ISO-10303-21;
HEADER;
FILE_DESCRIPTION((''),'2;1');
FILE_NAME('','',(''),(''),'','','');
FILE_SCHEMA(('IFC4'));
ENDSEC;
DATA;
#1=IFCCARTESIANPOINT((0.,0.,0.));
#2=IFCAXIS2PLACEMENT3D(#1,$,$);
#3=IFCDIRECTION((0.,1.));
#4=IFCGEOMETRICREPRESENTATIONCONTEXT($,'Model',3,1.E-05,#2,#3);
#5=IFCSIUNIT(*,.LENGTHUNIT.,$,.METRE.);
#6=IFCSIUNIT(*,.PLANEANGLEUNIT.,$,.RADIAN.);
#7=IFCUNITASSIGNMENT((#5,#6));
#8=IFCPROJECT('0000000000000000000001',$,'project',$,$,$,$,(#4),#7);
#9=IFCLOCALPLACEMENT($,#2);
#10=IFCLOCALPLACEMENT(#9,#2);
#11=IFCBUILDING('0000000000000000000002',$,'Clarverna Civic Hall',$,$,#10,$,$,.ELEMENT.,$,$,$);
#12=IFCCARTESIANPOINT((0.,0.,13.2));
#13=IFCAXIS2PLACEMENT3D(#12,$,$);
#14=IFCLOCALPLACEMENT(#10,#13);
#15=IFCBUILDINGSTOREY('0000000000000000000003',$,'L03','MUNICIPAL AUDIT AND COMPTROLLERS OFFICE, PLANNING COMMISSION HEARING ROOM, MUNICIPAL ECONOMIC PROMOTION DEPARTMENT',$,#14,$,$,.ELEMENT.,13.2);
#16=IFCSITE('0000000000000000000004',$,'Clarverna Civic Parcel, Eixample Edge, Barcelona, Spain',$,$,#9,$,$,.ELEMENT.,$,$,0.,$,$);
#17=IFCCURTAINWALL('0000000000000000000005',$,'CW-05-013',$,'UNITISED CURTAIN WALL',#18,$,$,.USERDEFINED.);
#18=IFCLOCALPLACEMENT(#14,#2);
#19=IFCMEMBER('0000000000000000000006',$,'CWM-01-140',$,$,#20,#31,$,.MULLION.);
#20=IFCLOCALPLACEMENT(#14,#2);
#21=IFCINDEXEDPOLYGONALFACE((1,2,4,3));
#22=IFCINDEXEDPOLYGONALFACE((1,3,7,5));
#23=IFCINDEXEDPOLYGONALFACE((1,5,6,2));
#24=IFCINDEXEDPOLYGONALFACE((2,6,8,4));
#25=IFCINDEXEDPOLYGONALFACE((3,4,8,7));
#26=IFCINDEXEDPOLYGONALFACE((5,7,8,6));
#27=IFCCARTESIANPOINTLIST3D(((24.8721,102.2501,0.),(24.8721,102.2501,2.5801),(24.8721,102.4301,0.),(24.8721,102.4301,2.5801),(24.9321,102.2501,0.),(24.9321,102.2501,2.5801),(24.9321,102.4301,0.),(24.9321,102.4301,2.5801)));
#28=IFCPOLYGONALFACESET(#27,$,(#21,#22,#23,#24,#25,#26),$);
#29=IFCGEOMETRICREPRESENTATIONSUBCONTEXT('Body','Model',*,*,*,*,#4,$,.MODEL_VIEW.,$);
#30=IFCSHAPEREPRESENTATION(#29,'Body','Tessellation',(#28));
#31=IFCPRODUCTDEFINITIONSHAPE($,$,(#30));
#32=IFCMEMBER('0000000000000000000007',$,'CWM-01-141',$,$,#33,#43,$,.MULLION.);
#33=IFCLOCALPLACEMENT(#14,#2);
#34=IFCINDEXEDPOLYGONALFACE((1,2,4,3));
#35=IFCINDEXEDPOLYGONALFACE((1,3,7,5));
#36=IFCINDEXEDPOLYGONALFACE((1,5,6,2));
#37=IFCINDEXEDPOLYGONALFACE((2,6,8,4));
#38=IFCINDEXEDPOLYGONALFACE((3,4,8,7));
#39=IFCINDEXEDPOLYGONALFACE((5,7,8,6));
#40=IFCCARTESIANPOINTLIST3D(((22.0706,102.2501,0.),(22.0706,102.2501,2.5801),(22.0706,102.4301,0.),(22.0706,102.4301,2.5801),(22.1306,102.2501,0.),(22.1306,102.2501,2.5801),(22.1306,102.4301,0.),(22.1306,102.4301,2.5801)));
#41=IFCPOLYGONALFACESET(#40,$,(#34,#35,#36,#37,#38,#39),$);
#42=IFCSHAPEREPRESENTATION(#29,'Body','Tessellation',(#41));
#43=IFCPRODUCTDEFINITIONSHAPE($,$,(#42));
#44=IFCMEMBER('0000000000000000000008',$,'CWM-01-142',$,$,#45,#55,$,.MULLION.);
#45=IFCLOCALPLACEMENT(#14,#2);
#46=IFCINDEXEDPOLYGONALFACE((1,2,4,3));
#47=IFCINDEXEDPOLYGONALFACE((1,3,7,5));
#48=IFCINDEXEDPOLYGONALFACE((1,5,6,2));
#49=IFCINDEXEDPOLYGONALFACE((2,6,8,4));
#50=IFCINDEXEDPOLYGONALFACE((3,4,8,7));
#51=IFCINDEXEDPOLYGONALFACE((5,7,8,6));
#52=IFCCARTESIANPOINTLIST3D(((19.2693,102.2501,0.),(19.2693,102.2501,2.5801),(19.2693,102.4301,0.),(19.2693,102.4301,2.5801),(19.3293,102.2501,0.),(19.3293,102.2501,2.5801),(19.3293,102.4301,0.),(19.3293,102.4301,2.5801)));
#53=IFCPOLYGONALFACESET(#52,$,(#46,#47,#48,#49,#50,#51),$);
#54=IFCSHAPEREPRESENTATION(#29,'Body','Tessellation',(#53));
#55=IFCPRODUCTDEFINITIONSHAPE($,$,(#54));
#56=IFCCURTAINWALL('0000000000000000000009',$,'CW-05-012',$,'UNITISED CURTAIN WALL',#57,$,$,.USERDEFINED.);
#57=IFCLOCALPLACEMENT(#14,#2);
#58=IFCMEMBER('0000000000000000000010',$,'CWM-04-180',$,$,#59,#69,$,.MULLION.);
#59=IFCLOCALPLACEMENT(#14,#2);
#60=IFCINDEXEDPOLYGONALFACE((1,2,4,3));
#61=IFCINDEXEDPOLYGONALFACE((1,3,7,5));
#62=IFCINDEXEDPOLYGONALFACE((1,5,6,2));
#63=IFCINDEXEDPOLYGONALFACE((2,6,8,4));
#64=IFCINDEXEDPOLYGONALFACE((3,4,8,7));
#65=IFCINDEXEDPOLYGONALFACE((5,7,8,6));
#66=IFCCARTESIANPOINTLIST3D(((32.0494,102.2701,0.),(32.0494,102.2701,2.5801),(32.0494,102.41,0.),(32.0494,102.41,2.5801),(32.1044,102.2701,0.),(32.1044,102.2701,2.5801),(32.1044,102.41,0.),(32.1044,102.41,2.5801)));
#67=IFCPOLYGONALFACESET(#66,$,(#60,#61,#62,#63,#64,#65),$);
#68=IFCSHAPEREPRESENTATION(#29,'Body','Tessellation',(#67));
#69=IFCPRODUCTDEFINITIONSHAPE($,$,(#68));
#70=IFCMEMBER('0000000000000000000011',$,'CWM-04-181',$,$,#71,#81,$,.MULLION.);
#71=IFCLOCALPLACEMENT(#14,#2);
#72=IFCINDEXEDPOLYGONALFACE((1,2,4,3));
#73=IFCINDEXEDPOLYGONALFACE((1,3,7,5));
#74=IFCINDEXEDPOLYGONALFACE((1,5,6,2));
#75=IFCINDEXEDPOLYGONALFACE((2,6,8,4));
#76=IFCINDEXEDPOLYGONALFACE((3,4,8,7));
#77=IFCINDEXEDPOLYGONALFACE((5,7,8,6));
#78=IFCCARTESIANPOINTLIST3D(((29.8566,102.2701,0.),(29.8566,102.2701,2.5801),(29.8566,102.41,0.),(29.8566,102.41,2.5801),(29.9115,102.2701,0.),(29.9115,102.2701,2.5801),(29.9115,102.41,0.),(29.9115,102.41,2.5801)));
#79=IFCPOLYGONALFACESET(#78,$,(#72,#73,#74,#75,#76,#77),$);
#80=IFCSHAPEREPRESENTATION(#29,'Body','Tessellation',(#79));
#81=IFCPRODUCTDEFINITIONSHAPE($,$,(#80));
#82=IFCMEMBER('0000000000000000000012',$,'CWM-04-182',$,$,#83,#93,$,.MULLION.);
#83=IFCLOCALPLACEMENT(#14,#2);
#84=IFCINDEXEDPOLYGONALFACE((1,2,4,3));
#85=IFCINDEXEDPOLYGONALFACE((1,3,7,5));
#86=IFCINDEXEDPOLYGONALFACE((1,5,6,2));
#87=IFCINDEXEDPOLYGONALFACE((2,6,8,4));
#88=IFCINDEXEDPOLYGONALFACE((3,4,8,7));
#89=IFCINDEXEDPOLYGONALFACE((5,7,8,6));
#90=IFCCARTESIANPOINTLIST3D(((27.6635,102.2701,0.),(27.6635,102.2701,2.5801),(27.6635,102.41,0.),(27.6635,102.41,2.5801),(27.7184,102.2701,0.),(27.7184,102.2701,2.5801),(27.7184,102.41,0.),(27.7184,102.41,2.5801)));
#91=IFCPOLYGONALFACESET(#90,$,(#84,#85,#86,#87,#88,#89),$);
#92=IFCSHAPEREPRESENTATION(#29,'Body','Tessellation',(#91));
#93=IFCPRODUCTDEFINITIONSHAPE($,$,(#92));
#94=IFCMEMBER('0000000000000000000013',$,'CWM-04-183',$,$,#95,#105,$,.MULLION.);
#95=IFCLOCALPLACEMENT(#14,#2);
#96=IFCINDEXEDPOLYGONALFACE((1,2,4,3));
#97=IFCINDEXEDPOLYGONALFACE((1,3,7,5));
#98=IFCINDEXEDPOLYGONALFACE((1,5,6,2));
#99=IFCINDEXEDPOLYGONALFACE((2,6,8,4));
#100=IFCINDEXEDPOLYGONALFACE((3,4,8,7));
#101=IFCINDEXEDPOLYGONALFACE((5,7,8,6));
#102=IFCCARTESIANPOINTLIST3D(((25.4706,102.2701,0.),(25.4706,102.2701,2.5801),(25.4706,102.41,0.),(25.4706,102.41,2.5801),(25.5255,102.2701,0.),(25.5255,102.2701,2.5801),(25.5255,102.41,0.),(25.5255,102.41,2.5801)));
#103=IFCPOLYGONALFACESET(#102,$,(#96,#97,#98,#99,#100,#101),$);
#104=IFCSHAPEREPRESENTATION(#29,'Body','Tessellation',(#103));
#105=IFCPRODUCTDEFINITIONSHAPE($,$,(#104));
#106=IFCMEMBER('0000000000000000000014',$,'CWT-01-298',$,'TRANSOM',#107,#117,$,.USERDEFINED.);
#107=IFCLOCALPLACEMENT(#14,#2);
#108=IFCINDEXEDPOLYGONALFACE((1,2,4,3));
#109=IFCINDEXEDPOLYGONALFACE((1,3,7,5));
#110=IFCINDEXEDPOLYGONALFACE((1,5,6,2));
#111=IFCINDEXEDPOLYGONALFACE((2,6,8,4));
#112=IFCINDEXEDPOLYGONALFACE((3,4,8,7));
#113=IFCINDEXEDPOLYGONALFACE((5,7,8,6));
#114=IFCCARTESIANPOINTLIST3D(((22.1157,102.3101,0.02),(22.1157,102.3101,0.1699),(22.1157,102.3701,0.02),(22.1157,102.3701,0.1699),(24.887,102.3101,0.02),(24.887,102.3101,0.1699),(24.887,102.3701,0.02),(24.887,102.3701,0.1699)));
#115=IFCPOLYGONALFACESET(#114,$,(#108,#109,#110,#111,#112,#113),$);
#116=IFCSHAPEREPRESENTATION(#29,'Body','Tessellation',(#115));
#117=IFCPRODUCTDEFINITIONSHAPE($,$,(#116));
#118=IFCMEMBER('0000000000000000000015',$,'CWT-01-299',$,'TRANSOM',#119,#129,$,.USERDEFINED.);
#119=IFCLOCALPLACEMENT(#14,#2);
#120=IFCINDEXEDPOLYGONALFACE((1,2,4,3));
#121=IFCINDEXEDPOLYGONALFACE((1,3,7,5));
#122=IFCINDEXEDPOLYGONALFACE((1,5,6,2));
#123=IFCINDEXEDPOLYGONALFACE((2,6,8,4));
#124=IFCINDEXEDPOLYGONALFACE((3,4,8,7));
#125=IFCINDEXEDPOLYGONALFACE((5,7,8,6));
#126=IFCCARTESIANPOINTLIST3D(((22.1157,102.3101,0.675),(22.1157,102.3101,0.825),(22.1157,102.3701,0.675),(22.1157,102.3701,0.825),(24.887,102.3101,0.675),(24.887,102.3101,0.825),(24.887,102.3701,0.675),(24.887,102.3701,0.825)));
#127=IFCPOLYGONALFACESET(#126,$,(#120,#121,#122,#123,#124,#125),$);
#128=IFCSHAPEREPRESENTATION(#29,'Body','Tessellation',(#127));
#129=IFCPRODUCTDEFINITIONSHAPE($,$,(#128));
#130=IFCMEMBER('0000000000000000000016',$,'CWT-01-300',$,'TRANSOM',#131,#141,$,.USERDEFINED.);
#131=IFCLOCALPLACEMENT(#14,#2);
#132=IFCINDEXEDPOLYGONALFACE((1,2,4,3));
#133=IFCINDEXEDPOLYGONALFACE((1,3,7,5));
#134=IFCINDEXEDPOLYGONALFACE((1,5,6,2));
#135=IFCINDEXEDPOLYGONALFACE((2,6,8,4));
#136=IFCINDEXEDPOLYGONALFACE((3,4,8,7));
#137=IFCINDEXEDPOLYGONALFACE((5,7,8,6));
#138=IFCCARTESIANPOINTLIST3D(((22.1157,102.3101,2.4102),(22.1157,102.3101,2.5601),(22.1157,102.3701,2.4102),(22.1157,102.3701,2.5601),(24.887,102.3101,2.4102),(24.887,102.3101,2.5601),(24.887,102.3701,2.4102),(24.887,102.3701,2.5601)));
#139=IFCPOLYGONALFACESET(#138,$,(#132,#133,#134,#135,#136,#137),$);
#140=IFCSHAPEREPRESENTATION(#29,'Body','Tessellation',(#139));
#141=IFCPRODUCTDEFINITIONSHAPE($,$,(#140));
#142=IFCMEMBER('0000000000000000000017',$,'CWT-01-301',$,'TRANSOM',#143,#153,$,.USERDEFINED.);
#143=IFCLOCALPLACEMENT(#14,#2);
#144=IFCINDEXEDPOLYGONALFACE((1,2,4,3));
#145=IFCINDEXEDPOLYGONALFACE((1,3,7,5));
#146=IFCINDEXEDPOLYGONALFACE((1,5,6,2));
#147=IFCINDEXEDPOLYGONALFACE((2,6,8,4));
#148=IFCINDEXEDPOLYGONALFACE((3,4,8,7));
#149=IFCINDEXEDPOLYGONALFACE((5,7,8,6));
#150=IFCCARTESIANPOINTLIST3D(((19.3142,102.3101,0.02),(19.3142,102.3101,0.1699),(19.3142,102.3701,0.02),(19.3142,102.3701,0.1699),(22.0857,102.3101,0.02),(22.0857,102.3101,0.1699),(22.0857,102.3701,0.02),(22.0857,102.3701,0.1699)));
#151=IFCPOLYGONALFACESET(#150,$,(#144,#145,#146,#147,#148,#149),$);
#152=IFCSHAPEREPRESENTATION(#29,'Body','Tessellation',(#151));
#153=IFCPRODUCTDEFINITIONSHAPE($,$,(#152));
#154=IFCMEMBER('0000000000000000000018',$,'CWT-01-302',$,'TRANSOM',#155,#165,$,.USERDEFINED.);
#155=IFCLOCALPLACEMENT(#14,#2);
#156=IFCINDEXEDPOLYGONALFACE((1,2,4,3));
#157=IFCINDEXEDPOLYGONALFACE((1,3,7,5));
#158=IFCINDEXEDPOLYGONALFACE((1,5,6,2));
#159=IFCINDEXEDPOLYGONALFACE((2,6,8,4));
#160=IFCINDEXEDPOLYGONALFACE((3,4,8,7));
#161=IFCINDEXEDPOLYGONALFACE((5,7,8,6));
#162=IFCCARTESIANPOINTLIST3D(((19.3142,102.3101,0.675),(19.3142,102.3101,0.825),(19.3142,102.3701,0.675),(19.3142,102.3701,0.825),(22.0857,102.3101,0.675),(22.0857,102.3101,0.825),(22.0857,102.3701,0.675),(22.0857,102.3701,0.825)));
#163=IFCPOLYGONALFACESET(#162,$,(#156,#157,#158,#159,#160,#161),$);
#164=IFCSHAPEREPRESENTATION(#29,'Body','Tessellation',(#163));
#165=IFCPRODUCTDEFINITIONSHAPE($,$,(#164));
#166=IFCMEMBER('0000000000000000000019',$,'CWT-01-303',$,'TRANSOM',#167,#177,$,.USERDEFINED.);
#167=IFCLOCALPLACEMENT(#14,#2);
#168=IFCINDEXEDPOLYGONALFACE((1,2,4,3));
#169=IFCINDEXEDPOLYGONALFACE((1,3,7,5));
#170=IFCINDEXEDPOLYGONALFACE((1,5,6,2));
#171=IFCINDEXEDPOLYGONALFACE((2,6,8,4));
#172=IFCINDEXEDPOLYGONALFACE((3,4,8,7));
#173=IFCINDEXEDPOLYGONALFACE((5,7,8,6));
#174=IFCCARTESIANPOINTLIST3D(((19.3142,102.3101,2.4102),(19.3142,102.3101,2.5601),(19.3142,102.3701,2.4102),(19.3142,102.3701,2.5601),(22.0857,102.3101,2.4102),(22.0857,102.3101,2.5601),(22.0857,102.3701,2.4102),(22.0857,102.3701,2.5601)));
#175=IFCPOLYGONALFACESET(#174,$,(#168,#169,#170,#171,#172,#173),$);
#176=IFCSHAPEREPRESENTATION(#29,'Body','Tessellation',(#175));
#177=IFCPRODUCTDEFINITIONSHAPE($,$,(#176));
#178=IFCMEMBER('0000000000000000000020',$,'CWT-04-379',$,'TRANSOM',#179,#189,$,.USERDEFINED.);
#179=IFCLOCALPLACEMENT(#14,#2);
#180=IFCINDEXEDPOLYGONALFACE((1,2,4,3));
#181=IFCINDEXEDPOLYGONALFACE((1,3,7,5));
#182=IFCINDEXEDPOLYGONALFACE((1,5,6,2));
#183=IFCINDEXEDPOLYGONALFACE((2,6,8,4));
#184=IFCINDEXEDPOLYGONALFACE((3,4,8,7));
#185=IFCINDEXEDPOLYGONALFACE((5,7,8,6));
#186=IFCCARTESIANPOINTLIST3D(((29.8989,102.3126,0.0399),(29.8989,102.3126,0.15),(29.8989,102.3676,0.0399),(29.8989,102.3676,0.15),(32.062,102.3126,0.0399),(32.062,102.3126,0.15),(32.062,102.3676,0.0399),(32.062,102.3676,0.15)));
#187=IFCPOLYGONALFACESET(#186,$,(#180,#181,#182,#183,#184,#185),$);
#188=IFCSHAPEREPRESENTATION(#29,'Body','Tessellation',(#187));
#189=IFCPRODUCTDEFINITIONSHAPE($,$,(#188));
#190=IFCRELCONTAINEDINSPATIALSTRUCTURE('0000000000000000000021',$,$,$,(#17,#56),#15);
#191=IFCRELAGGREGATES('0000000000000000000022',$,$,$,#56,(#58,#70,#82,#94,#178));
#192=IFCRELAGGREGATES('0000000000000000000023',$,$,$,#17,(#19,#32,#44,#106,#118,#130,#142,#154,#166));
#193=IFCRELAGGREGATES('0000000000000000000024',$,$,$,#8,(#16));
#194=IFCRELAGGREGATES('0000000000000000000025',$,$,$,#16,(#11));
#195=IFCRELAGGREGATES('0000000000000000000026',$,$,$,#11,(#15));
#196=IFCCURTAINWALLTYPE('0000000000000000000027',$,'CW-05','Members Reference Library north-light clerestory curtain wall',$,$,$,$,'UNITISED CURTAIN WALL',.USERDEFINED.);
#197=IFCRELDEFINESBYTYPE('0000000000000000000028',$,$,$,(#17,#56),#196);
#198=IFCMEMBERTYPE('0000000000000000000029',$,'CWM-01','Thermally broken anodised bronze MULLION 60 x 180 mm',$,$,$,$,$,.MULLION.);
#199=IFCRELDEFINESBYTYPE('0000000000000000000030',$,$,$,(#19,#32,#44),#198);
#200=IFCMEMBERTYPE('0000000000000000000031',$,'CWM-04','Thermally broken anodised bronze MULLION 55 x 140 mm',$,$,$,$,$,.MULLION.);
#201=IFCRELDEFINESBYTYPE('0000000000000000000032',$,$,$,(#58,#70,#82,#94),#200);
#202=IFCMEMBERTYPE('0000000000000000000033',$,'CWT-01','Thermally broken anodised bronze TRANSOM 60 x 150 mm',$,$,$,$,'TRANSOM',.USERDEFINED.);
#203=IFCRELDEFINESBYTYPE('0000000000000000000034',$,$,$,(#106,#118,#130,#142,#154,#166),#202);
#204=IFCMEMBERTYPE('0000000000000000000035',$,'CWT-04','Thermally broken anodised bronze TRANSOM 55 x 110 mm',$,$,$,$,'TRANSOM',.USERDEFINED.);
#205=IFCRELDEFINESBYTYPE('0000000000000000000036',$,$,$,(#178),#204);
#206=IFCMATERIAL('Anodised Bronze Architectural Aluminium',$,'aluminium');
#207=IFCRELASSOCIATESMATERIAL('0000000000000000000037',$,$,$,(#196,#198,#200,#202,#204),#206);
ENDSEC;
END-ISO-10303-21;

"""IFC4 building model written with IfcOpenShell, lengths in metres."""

from ifc_helpers import new_model, si_unit, direction, frame, origin, origin_2d, place, context, subcontext, project, spatial, rectangle, extrude, material, material_profile, profile_set, type_object, element, aggregate, save


model = new_model("IFC4")

# Units and contexts
model_context = context("Model", 3, precision=1e-05, world=origin(), true_north=direction((0.0, 1.0)))
body_context = subcontext(model_context, "Body", "Model", "MODEL_VIEW")
ifc_project = project(units=[si_unit("LENGTHUNIT", "METRE"), si_unit("PLANEANGLEUNIT", "RADIAN")], contexts=[model_context])

# Site, building, storey
site_placement = place(None, origin())
site = spatial("IfcSite", under=ifc_project, at=site_placement, Name="Clarverna Civic Parcel, Eixample Edge, Barcelona, Spain", CompositionType="ELEMENT", RefElevation=0.0)
building_placement = place(site_placement, origin())
building = spatial("IfcBuilding", under=site, at=building_placement, Name="Clarverna Civic Hall", CompositionType="ELEMENT")
storey_placement = place(building_placement, frame((0.0, 0.0, 13.2)))
storey = spatial("IfcBuildingStorey", under=building, at=storey_placement, Name="L03", Description="MUNICIPAL AUDIT AND COMPTROLLERS OFFICE, PLANNING COMMISSION HEARING ROOM, MUNICIPAL ECONOMIC PROMOTION DEPARTMENT", CompositionType="ELEMENT", Elevation=13.2)

# Curtain walls, members
ifc_material_1 = material(Name="Anodised Bronze Architectural Aluminium", Category="aluminium")
curtain_wall_type = type_object("IfcCurtainWallType", Name="CW-05", Description="Members Reference Library north-light clerestory curtain wall", ElementType="UNITISED CURTAIN WALL", PredefinedType="USERDEFINED", material=ifc_material_1)
curtain_wall_1_placement = place(storey_placement, origin())
curtain_wall_1 = element("IfcCurtainWall", 1, at=curtain_wall_1_placement, inside=storey, type_object=curtain_wall_type, Name="CW-05-013", ObjectType="UNITISED CURTAIN WALL", PredefinedType="USERDEFINED")
ifc_material_profile_1 = material_profile(ifc_material_1, rectangle(XDim=0.0601, YDim=0.1799, at=origin_2d()), Name="BRONZE 60x180")
ifc_profile_set_1 = profile_set([ifc_material_profile_1], Name="Anodised Bronze Architectural Aluminium")
member_type_1 = type_object("IfcMemberType", Name="CWM-01", Description="Thermally broken anodised bronze MULLION 60 x 180 mm", PredefinedType="MULLION", material=ifc_profile_set_1)
member_1_placement = place(storey_placement, frame((24.9021, 102.3401, 0.0), z_axis=(0.0, 0.0, 1.0), x_axis=(1.0, 0.0, 0.0)))
member_1 = element("IfcMember", 2, at=member_1_placement, type_object=member_type_1, Name="CWM-01-140", PredefinedType="MULLION", context=body_context, shape_type="SweptSolid", body=[
    extrude(rectangle(XDim=0.0601, YDim=0.1799, at=origin_2d()), origin(), (0.0, 0.0, 1.0), 2.5801),
])
member_2_placement = place(storey_placement, frame((22.1006, 102.3401, 0.0), z_axis=(0.0, 0.0, 1.0), x_axis=(1.0, 0.0, 0.0)))
member_2 = element("IfcMember", 3, at=member_2_placement, type_object=member_type_1, Name="CWM-01-141", PredefinedType="MULLION", context=body_context, shape_type="SweptSolid", body=[
    extrude(rectangle(XDim=0.0601, YDim=0.1799, at=origin_2d()), origin(), (0.0, 0.0, 1.0), 2.5801),
])
member_3_placement = place(storey_placement, frame((19.2993, 102.3401, 0.0), z_axis=(0.0, 0.0, 1.0), x_axis=(1.0, 0.0, 0.0)))
member_3 = element("IfcMember", 4, at=member_3_placement, type_object=member_type_1, Name="CWM-01-142", PredefinedType="MULLION", context=body_context, shape_type="SweptSolid", body=[
    extrude(rectangle(XDim=0.0601, YDim=0.1799, at=origin_2d()), origin(), (0.0, 0.0, 1.0), 2.5801),
])
curtain_wall_2_placement = place(storey_placement, origin())
curtain_wall_2 = element("IfcCurtainWall", 5, at=curtain_wall_2_placement, inside=storey, type_object=curtain_wall_type, Name="CW-05-012", ObjectType="UNITISED CURTAIN WALL", PredefinedType="USERDEFINED")
ifc_material_profile_2 = material_profile(ifc_material_1, rectangle(XDim=0.0549, YDim=0.1399, at=origin_2d()), Name="BRONZE 55x140")
ifc_profile_set_2 = profile_set([ifc_material_profile_2], Name="Anodised Bronze Architectural Aluminium")
member_type_2 = type_object("IfcMemberType", Name="CWM-04", Description="Thermally broken anodised bronze MULLION 55 x 140 mm", PredefinedType="MULLION", material=ifc_profile_set_2)
member_4_placement = place(storey_placement, frame((32.0769, 102.3401, 0.0), z_axis=(0.0, 0.0, 1.0), x_axis=(1.0, 0.0, 0.0)))
member_4 = element("IfcMember", 6, at=member_4_placement, type_object=member_type_2, Name="CWM-04-180", PredefinedType="MULLION", context=body_context, shape_type="SweptSolid", body=[
    extrude(rectangle(XDim=0.0549, YDim=0.1399, at=origin_2d()), origin(), (0.0, 0.0, 1.0), 2.5801),
])
member_5_placement = place(storey_placement, frame((29.884, 102.3401, 0.0), z_axis=(0.0, 0.0, 1.0), x_axis=(1.0, 0.0, 0.0)))
member_5 = element("IfcMember", 7, at=member_5_placement, type_object=member_type_2, Name="CWM-04-181", PredefinedType="MULLION", context=body_context, shape_type="SweptSolid", body=[
    extrude(rectangle(XDim=0.0549, YDim=0.1399, at=origin_2d()), origin(), (0.0, 0.0, 1.0), 2.5801),
])
member_6_placement = place(storey_placement, frame((27.6909, 102.3401, 0.0), z_axis=(0.0, 0.0, 1.0), x_axis=(1.0, 0.0, 0.0)))
member_6 = element("IfcMember", 8, at=member_6_placement, type_object=member_type_2, Name="CWM-04-182", PredefinedType="MULLION", context=body_context, shape_type="SweptSolid", body=[
    extrude(rectangle(XDim=0.0549, YDim=0.1399, at=origin_2d()), origin(), (0.0, 0.0, 1.0), 2.5801),
])
member_7_placement = place(storey_placement, frame((25.498, 102.3401, 0.0), z_axis=(0.0, 0.0, 1.0), x_axis=(1.0, 0.0, 0.0)))
member_7 = element("IfcMember", 9, at=member_7_placement, type_object=member_type_2, Name="CWM-04-183", PredefinedType="MULLION", context=body_context, shape_type="SweptSolid", body=[
    extrude(rectangle(XDim=0.0549, YDim=0.1399, at=origin_2d()), origin(), (0.0, 0.0, 1.0), 2.5801),
])

# Members
ifc_material_profile_3 = material_profile(ifc_material_1, rectangle(XDim=0.0601, YDim=0.1499, at=origin_2d()), Name="BRONZE 60x150")
ifc_profile_set_3 = profile_set([ifc_material_profile_3], Name="Anodised Bronze Architectural Aluminium")
member_type_3 = type_object("IfcMemberType", Name="CWT-01", Description="Thermally broken anodised bronze TRANSOM 60 x 150 mm", ElementType="TRANSOM", PredefinedType="USERDEFINED", material=ifc_profile_set_3)
member_8_placement = place(storey_placement, frame((24.887, 102.3401, 0.095), z_axis=(-1.0, 0.0, 0.0), x_axis=(0.0, -1.0, 0.0)))
member_8 = element("IfcMember", 10, at=member_8_placement, type_object=member_type_3, Name="CWT-01-298", ObjectType="TRANSOM", PredefinedType="USERDEFINED", context=body_context, shape_type="SweptSolid", body=[
    extrude(rectangle(XDim=0.0601, YDim=0.1499, at=origin_2d()), origin(), (0.0, 0.0, 1.0), 2.7712),
])
member_9_placement = place(storey_placement, frame((24.887, 102.3401, 0.75), z_axis=(-1.0, 0.0, 0.0), x_axis=(0.0, -1.0, 0.0)))
member_9 = element("IfcMember", 11, at=member_9_placement, type_object=member_type_3, Name="CWT-01-299", ObjectType="TRANSOM", PredefinedType="USERDEFINED", context=body_context, shape_type="SweptSolid", body=[
    extrude(rectangle(XDim=0.0601, YDim=0.1499, at=origin_2d()), origin(), (0.0, 0.0, 1.0), 2.7712),
])
member_10_placement = place(storey_placement, frame((24.887, 102.3401, 2.4851), z_axis=(-1.0, 0.0, 0.0), x_axis=(0.0, -1.0, 0.0)))
member_10 = element("IfcMember", 12, at=member_10_placement, type_object=member_type_3, Name="CWT-01-300", ObjectType="TRANSOM", PredefinedType="USERDEFINED", context=body_context, shape_type="SweptSolid", body=[
    extrude(rectangle(XDim=0.0601, YDim=0.1499, at=origin_2d()), origin(), (0.0, 0.0, 1.0), 2.7712),
])
member_11_placement = place(storey_placement, frame((22.0857, 102.3401, 0.095), z_axis=(-1.0, 0.0, 0.0), x_axis=(0.0, -1.0, 0.0)))
member_11 = element("IfcMember", 13, at=member_11_placement, type_object=member_type_3, Name="CWT-01-301", ObjectType="TRANSOM", PredefinedType="USERDEFINED", context=body_context, shape_type="SweptSolid", body=[
    extrude(rectangle(XDim=0.0601, YDim=0.1499, at=origin_2d()), origin(), (0.0, 0.0, 1.0), 2.7715),
])
member_12_placement = place(storey_placement, frame((22.0857, 102.3401, 0.75), z_axis=(-1.0, 0.0, 0.0), x_axis=(0.0, -1.0, 0.0)))
member_12 = element("IfcMember", 14, at=member_12_placement, type_object=member_type_3, Name="CWT-01-302", ObjectType="TRANSOM", PredefinedType="USERDEFINED", context=body_context, shape_type="SweptSolid", body=[
    extrude(rectangle(XDim=0.0601, YDim=0.1499, at=origin_2d()), origin(), (0.0, 0.0, 1.0), 2.7715),
])
member_13_placement = place(storey_placement, frame((22.0857, 102.3401, 2.4851), z_axis=(-1.0, 0.0, 0.0), x_axis=(0.0, -1.0, 0.0)))
member_13 = element("IfcMember", 15, at=member_13_placement, type_object=member_type_3, Name="CWT-01-303", ObjectType="TRANSOM", PredefinedType="USERDEFINED", context=body_context, shape_type="SweptSolid", body=[
    extrude(rectangle(XDim=0.0601, YDim=0.1499, at=origin_2d()), origin(), (0.0, 0.0, 1.0), 2.7715),
])
ifc_material_profile_4 = material_profile(ifc_material_1, rectangle(XDim=0.0549, YDim=0.1101, at=origin_2d()), Name="BRONZE 55x110")
ifc_profile_set_4 = profile_set([ifc_material_profile_4], Name="Anodised Bronze Architectural Aluminium")
member_type_4 = type_object("IfcMemberType", Name="CWT-04", Description="Thermally broken anodised bronze TRANSOM 55 x 110 mm", ElementType="TRANSOM", PredefinedType="USERDEFINED", material=ifc_profile_set_4)
member_14_placement = place(storey_placement, frame((32.062, 102.3401, 0.095), z_axis=(-1.0, 0.0, 0.0), x_axis=(0.0, -1.0, 0.0)))
member_14 = element("IfcMember", 16, at=member_14_placement, type_object=member_type_4, Name="CWT-04-379", ObjectType="TRANSOM", PredefinedType="USERDEFINED", context=body_context, shape_type="SweptSolid", body=[
    extrude(rectangle(XDim=0.0549, YDim=0.1101, at=origin_2d()), origin(), (0.0, 0.0, 1.0), 2.1631),
])

aggregate(curtain_wall_2, [member_4, member_5, member_6, member_7, member_14])
aggregate(curtain_wall_1, [member_1, member_2, member_3, member_8, member_9, member_10, member_11, member_12, member_13])

save(model, "model.ifc")
